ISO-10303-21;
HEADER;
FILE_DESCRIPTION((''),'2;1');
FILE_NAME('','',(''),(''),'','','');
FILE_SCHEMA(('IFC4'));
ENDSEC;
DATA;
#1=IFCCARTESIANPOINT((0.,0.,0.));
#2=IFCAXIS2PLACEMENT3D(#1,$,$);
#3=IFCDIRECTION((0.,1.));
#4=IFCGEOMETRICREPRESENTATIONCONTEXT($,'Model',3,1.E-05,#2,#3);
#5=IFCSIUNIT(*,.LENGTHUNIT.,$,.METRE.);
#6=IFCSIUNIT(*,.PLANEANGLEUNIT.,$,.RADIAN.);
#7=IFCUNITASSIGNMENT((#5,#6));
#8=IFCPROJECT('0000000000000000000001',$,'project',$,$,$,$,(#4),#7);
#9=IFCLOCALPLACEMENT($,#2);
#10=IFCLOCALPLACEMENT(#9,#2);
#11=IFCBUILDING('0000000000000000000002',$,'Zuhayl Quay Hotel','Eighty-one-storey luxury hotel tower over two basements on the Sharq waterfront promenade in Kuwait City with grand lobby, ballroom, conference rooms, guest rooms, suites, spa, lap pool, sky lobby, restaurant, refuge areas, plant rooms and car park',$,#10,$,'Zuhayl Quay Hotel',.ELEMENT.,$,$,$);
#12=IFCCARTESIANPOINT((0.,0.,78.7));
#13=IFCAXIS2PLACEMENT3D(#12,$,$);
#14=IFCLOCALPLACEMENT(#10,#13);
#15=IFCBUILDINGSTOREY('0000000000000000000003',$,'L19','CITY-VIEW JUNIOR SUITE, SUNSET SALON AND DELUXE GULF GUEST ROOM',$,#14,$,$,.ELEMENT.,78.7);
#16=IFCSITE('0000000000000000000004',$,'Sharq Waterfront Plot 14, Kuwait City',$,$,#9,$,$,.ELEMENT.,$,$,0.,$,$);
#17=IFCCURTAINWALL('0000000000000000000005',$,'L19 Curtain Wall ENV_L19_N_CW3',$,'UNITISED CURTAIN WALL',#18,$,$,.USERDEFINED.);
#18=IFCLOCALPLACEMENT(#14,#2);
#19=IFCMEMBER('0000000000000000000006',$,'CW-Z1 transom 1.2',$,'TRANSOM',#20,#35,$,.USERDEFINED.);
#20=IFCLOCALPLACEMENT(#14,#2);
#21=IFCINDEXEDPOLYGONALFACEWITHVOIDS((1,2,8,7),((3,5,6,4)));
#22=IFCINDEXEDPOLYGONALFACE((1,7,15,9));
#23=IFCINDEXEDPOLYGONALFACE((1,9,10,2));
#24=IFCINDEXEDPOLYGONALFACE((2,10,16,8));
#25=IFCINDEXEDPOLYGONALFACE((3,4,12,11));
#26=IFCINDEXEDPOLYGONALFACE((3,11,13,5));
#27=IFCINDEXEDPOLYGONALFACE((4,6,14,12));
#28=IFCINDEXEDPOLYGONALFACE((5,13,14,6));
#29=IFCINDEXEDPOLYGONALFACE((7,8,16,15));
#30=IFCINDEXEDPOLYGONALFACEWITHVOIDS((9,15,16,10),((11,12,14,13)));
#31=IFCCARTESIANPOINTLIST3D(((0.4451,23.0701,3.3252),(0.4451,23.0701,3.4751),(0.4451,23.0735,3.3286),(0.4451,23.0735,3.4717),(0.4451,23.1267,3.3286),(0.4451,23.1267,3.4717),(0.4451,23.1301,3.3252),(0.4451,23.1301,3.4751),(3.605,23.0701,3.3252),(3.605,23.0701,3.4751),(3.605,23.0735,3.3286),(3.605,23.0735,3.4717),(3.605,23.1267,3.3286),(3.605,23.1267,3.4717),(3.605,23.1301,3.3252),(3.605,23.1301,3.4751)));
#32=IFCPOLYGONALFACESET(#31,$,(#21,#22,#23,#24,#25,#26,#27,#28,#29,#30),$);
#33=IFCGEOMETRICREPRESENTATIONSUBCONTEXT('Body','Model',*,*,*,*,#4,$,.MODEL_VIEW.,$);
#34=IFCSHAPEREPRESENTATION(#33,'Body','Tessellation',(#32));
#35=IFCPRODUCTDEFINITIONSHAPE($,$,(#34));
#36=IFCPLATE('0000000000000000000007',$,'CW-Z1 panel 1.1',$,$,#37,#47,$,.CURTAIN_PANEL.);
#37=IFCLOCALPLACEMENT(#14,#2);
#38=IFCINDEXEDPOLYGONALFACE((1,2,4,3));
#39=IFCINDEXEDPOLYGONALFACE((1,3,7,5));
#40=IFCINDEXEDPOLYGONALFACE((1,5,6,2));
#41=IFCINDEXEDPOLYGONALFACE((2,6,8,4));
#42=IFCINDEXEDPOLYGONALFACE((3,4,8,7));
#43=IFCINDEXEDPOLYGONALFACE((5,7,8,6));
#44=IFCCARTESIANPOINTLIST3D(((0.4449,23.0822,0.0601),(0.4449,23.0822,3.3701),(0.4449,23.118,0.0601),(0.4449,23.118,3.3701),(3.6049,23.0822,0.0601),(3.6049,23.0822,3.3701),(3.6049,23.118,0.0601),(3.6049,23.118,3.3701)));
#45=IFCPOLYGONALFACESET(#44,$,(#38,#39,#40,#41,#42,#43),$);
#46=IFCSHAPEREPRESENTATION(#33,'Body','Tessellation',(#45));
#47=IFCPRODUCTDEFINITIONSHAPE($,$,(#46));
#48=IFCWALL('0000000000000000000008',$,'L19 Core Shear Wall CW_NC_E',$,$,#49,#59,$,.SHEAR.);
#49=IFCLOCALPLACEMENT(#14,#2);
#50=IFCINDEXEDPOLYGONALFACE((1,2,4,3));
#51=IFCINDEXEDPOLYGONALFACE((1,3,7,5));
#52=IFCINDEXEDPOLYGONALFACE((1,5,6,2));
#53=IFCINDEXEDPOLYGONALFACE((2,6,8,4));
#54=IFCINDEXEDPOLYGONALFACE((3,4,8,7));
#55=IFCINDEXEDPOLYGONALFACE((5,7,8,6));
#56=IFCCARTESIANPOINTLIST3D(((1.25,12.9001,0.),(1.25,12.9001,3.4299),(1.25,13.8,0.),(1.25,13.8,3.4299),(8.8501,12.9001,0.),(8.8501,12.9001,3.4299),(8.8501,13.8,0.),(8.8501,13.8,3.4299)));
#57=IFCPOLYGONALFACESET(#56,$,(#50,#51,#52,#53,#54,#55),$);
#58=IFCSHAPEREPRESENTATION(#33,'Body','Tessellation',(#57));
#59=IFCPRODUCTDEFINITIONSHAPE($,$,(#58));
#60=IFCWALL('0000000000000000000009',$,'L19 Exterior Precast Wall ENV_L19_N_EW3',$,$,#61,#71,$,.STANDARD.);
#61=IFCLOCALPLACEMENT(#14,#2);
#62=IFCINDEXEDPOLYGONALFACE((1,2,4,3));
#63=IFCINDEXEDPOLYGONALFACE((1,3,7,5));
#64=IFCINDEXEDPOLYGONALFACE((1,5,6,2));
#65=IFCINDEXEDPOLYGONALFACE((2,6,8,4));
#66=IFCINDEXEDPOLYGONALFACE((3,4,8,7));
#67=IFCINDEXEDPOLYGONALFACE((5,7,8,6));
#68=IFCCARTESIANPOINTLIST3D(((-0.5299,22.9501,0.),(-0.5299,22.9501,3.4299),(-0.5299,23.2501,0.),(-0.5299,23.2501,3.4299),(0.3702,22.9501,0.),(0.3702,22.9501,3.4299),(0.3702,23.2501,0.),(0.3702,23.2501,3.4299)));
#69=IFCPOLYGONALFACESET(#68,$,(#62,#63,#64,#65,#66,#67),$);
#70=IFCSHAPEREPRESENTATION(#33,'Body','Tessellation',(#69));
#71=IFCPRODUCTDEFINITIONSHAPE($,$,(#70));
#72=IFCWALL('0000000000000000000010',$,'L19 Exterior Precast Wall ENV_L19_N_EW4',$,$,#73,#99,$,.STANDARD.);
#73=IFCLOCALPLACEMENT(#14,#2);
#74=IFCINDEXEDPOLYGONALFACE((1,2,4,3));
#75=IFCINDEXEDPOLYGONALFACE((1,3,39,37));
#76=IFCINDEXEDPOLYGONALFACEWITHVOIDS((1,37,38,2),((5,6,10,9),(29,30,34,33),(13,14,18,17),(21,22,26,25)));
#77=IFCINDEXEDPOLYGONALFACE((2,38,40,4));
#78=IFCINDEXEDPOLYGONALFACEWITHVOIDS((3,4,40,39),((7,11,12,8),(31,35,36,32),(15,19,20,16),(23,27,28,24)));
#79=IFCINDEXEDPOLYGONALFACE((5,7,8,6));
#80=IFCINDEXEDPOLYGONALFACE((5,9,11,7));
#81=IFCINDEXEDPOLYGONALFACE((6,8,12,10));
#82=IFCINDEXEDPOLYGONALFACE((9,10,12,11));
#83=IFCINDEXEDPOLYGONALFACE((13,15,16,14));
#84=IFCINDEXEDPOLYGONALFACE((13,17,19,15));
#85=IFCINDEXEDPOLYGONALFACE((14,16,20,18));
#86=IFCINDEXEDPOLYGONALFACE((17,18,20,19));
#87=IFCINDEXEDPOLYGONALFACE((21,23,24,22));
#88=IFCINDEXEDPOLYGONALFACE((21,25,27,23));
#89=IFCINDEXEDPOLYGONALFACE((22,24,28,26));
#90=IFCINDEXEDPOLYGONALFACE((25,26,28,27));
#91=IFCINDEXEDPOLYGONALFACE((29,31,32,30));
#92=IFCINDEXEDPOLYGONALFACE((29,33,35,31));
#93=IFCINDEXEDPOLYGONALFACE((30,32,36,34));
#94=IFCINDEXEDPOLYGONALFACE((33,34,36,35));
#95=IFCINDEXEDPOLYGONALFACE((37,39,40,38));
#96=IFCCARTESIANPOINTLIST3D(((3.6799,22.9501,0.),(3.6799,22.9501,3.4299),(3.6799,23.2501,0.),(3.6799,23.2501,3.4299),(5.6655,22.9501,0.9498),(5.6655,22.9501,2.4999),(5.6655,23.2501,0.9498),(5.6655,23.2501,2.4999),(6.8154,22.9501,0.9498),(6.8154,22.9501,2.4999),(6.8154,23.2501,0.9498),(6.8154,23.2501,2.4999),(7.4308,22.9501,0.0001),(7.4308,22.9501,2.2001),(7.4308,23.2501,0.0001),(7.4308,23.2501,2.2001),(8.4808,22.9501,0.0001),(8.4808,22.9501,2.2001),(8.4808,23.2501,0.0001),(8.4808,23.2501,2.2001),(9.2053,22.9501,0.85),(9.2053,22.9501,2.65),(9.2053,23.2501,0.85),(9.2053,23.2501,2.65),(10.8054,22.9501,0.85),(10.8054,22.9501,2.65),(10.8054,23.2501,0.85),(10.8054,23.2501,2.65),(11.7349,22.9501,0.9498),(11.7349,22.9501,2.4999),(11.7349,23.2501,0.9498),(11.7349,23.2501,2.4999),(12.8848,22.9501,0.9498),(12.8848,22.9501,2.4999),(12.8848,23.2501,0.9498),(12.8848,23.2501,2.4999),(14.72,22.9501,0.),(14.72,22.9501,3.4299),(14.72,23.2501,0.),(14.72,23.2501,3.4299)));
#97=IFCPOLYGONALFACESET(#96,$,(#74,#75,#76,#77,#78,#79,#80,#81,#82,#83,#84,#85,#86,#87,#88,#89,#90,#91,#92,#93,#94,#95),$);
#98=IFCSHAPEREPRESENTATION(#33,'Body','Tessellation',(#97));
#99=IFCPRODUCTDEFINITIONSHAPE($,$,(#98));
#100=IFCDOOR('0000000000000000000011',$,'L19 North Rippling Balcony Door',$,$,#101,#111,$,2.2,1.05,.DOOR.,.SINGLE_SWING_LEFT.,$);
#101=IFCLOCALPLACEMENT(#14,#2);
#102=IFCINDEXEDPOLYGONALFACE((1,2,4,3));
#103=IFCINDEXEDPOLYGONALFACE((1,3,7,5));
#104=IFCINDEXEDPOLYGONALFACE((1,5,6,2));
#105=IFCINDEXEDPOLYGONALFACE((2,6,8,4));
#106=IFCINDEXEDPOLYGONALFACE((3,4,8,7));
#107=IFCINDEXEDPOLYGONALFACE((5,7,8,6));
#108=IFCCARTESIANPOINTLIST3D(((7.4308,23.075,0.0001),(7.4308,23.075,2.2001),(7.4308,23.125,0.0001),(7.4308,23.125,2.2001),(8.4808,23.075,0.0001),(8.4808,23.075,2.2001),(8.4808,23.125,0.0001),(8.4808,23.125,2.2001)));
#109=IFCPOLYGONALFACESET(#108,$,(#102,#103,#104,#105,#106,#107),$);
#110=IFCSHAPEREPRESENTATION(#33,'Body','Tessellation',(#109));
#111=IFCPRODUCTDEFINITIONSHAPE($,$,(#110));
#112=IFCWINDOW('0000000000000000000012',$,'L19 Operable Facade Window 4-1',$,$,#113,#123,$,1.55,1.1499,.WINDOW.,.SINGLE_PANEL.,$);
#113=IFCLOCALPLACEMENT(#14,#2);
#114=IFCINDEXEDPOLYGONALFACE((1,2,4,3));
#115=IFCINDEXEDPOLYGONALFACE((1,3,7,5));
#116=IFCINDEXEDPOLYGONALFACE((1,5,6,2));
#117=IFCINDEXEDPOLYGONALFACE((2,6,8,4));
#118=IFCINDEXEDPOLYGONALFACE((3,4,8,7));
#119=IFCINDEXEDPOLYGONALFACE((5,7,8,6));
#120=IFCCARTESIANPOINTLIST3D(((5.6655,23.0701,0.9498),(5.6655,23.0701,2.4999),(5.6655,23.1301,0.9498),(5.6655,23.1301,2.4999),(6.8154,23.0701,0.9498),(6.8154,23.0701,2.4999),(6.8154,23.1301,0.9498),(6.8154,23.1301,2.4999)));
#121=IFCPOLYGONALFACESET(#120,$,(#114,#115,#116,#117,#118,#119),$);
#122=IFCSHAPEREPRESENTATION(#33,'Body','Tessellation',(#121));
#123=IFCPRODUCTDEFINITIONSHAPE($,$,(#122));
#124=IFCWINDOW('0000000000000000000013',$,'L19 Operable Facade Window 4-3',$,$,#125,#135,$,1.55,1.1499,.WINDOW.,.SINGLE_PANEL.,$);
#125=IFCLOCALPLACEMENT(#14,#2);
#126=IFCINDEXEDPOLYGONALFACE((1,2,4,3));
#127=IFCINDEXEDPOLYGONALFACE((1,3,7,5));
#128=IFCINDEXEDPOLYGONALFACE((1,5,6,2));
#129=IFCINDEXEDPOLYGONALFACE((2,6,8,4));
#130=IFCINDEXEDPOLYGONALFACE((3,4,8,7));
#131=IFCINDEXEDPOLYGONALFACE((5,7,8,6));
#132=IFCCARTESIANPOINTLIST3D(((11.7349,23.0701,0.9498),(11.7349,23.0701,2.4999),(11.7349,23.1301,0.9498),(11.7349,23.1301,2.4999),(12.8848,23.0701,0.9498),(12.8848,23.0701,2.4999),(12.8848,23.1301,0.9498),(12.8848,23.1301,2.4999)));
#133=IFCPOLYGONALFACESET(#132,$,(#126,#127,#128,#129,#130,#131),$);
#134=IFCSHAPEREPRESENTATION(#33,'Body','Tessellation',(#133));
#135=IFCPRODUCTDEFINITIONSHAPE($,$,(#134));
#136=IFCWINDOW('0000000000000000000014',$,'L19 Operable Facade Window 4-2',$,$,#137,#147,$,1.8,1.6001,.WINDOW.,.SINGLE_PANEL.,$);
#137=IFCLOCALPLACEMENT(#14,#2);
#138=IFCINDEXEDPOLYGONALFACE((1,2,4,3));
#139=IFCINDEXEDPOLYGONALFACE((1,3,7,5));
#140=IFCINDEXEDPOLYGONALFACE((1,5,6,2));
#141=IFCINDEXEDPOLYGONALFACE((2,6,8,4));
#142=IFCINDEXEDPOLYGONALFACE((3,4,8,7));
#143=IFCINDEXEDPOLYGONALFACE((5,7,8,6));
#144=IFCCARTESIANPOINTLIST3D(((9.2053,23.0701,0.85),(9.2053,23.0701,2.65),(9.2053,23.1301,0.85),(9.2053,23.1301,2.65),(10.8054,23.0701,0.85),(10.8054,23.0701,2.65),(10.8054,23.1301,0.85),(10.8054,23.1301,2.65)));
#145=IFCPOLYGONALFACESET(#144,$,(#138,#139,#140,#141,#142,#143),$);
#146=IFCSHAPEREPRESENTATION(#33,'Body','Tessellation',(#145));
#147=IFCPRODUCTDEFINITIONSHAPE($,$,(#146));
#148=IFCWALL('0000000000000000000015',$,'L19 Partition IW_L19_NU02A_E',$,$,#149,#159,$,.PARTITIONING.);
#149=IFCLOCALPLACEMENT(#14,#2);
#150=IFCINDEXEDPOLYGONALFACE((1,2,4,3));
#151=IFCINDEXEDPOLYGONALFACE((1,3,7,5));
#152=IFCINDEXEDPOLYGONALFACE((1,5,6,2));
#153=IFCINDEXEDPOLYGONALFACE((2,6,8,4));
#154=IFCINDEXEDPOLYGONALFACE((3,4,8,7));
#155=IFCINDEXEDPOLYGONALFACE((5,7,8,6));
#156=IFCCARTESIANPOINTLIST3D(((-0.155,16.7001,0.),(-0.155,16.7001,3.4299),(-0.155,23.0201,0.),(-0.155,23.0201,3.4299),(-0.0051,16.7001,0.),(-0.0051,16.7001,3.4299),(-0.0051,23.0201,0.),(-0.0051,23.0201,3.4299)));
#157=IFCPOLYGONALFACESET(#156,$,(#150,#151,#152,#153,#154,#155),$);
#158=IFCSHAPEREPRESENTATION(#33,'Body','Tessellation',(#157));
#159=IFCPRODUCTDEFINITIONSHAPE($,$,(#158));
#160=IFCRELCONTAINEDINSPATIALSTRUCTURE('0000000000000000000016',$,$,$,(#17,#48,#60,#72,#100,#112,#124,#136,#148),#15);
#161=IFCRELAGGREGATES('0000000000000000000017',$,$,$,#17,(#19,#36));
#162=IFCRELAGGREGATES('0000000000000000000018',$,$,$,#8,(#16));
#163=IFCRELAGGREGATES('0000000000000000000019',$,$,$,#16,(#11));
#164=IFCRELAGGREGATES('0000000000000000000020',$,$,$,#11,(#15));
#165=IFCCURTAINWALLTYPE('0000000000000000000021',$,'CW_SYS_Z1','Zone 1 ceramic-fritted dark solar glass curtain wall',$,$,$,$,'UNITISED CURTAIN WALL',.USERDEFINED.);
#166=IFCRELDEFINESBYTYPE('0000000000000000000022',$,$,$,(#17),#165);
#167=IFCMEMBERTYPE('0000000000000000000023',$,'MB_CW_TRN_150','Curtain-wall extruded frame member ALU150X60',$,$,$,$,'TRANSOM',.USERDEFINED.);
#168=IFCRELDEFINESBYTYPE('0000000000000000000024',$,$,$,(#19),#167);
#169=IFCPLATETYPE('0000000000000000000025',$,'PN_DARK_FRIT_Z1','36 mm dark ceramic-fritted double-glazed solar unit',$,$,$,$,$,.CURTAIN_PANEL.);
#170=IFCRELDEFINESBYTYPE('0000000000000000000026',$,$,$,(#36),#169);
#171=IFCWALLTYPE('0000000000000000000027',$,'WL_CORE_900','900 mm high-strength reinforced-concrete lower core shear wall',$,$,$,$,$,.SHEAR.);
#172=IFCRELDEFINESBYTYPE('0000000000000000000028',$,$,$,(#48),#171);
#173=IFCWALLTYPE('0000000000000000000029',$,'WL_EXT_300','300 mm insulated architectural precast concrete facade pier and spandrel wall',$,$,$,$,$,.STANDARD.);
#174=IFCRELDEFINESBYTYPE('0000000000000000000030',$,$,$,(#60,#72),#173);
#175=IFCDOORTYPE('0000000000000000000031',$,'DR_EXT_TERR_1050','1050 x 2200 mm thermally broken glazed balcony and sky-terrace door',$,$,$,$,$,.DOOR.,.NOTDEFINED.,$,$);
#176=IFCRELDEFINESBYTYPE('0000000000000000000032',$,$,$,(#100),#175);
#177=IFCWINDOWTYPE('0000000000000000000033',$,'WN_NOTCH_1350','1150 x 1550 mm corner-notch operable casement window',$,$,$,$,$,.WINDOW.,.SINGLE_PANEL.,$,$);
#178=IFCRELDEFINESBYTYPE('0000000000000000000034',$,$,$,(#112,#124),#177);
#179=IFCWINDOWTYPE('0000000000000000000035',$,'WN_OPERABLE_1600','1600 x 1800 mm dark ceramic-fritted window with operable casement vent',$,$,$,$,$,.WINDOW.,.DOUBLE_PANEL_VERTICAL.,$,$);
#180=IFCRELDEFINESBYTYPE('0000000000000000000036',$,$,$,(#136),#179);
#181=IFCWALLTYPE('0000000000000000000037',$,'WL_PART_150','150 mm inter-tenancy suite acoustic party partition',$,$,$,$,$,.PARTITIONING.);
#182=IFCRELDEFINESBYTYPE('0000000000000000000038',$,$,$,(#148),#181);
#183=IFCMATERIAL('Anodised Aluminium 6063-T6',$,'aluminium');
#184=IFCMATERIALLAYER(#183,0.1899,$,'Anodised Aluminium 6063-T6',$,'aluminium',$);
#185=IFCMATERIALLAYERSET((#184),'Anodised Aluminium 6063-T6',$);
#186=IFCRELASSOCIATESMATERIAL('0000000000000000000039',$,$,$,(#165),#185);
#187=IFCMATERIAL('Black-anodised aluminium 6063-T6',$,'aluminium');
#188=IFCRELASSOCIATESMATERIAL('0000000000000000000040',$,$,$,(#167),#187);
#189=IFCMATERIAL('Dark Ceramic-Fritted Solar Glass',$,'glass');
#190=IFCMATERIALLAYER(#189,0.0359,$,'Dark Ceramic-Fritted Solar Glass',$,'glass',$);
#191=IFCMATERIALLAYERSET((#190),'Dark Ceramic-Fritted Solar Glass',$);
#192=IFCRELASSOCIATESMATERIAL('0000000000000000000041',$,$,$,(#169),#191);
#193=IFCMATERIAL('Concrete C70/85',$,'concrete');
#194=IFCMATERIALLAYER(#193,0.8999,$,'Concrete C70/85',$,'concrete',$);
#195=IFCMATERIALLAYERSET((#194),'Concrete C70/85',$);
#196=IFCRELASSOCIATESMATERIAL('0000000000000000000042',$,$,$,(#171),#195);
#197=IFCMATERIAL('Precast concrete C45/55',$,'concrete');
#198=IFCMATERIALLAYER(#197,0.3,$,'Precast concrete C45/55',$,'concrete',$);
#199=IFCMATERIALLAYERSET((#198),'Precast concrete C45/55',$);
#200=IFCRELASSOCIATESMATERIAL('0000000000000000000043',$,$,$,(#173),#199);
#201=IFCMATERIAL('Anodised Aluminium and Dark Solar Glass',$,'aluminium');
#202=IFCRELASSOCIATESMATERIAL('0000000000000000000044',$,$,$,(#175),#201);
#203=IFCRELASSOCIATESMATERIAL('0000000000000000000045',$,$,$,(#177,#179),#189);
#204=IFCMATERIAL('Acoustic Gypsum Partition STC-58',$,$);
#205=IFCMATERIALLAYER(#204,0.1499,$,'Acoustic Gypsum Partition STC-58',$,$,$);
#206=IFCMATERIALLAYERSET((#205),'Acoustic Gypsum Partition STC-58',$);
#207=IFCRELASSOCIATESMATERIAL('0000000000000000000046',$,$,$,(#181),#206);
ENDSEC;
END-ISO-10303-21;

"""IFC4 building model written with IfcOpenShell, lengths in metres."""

from ifc_helpers import new_model, si_unit, direction, frame, frame_2d, origin, origin_2d, place, context, subcontext, project, spatial, rectangle, hollow_rectangle, extrude, material, layer, layer_set, material_profile, profile_set, type_object, element, fill, aggregate, save


model = new_model("IFC4")

# Units and contexts
model_context = context("Model", 3, precision=1e-05, world=origin(), true_north=direction((0.0, 1.0)))
body_context = subcontext(model_context, "Body", "Model", "MODEL_VIEW")
ifc_project = project(units=[si_unit("LENGTHUNIT", "METRE"), si_unit("PLANEANGLEUNIT", "RADIAN")], contexts=[model_context])

# Site, building, storey
site_placement = place(None, origin())
site = spatial("IfcSite", under=ifc_project, at=site_placement, Name="Sharq Waterfront Plot 14, Kuwait City", CompositionType="ELEMENT", RefElevation=0.0)
building_placement = place(site_placement, origin())
building = spatial("IfcBuilding", under=site, at=building_placement, Name="Zuhayl Quay Hotel", Description="Eighty-one-storey luxury hotel tower over two basements on the Sharq waterfront promenade in Kuwait City with grand lobby, ballroom, conference rooms, guest rooms, suites, spa, lap pool, sky lobby, restaurant, refuge areas, plant rooms and car park", LongName="Zuhayl Quay Hotel", CompositionType="ELEMENT")
storey_placement = place(building_placement, frame((0.0, 0.0, 78.7)))
storey = spatial("IfcBuildingStorey", under=building, at=storey_placement, Name="L19", Description="CITY-VIEW JUNIOR SUITE, SUNSET SALON AND DELUXE GULF GUEST ROOM", CompositionType="ELEMENT", Elevation=78.7)

# Shared definitions
ifc_material_1 = material(Name="Concrete C70/85", Category="concrete")

# Shared definitions
ifc_material_2 = material(Name="Anodised Aluminium 6063-T6", Category="aluminium")
ifc_layer_1 = layer(ifc_material_2, 0.1899, Name="Anodised Aluminium 6063-T6", Category="aluminium")
ifc_layer_set_1 = layer_set([ifc_layer_1], Name="Anodised Aluminium 6063-T6")
curtain_wall_type = type_object("IfcCurtainWallType", Name="CW_SYS_Z1", Description="Zone 1 ceramic-fritted dark solar glass curtain wall", ElementType="UNITISED CURTAIN WALL", PredefinedType="USERDEFINED", material=ifc_layer_set_1)
ifc_material_3 = material(Name="Black-anodised aluminium 6063-T6", Category="aluminium")

# Curtain wall, member, plate
curtain_wall_1_placement = place(storey_placement, origin())
curtain_wall_1 = element("IfcCurtainWall", 1, at=curtain_wall_1_placement, inside=storey, type_object=curtain_wall_type, Name="L19 Curtain Wall ENV_L19_N_CW3", ObjectType="UNITISED CURTAIN WALL", PredefinedType="USERDEFINED")
ifc_material_profile_1 = material_profile(ifc_material_3, hollow_rectangle(XDim=0.0601, YDim=0.1499, WallThickness=0.0034, at=origin_2d()), Name="ALU150X60")
ifc_profile_set_1 = profile_set([ifc_material_profile_1], Name="Black-anodised aluminium 6063-T6")
member_type_1 = type_object("IfcMemberType", Name="MB_CW_TRN_150", Description="Curtain-wall extruded frame member ALU150X60", ElementType="TRANSOM", PredefinedType="USERDEFINED", material=ifc_profile_set_1)
member_1_placement = place(storey_placement, frame((0.4451, 23.1001, 3.4001), z_axis=(1.0, 0.0, 0.0), x_axis=(0.0, 1.0, 0.0)))
member_1 = element("IfcMember", 2, at=member_1_placement, type_object=member_type_1, Name="CW-Z1 transom 1.2", ObjectType="TRANSOM", PredefinedType="USERDEFINED", context=body_context, shape_type="SweptSolid", body=[
    extrude(hollow_rectangle(XDim=0.0601, YDim=0.1499, WallThickness=0.0034, at=origin_2d()), origin(), (0.0, 0.0, 1.0), 3.1599),
])
ifc_material_4 = material(Name="Dark Ceramic-Fritted Solar Glass", Category="glass")
ifc_layer_2 = layer(ifc_material_4, 0.0359, Name="Dark Ceramic-Fritted Solar Glass", Category="glass")
ifc_layer_set_2 = layer_set([ifc_layer_2], Name="Dark Ceramic-Fritted Solar Glass")
plate_type = type_object("IfcPlateType", Name="PN_DARK_FRIT_Z1", Description="36 mm dark ceramic-fritted double-glazed solar unit", PredefinedType="CURTAIN_PANEL", material=ifc_layer_set_2)
plate_placement = place(storey_placement, frame((2.0249, 23.1001, 0.0601), z_axis=(0.0, 0.0, 1.0), x_axis=(1.0, 0.0, 0.0)))
plate = element("IfcPlate", 3, at=plate_placement, type_object=plate_type, Name="CW-Z1 panel 1.1", PredefinedType="CURTAIN_PANEL", context=body_context, shape_type="SweptSolid", body=[
    extrude(rectangle(XDim=3.1599, YDim=0.0359, at=origin_2d()), origin(), (0.0, 0.0, 1.0), 3.3101),
])
aggregate(curtain_wall_1, [member_1, plate])

# Walls
ifc_layer_3 = layer(ifc_material_1, 0.8999, Name="Concrete C70/85", Category="concrete")
ifc_layer_set_3 = layer_set([ifc_layer_3], Name="Concrete C70/85")
wall_type_1 = type_object("IfcWallType", Name="WL_CORE_900", Description="900 mm high-strength reinforced-concrete lower core shear wall", PredefinedType="SHEAR", material=ifc_layer_set_3)
wall_1_placement = place(storey_placement, frame((1.25, 13.3501, 0.0), z_axis=(0.0, 0.0, 1.0), x_axis=(1.0, 0.0, 0.0)))
element("IfcWall", 4, at=wall_1_placement, inside=storey, type_object=wall_type_1, Name="L19 Core Shear Wall CW_NC_E", PredefinedType="SHEAR", context=body_context, shape_type="SweptSolid", body=[
    extrude(rectangle(XDim=7.6001, YDim=0.8999, at=frame_2d((3.8, 0.0))), origin(), (0.0, 0.0, 1.0), 3.4299),
])
ifc_material_5 = material(Name="Precast concrete C45/55", Category="concrete")
ifc_layer_4 = layer(ifc_material_5, 0.3, Name="Precast concrete C45/55", Category="concrete")
ifc_layer_set_4 = layer_set([ifc_layer_4], Name="Precast concrete C45/55")
wall_type_2 = type_object("IfcWallType", Name="WL_EXT_300", Description="300 mm insulated architectural precast concrete facade pier and spandrel wall", PredefinedType="STANDARD", material=ifc_layer_set_4)
wall_2_placement = place(storey_placement, frame((-0.53, 23.1001, 0.0), z_axis=(0.0, 0.0, 1.0), x_axis=(1.0, 0.0, 0.0)))
element("IfcWall", 5, at=wall_2_placement, inside=storey, type_object=wall_type_2, Name="L19 Exterior Precast Wall ENV_L19_N_EW3", PredefinedType="STANDARD", context=body_context, shape_type="SweptSolid", body=[
    extrude(rectangle(XDim=0.9001, YDim=0.3, at=frame_2d((0.4502, 0.0))), origin(), (0.0, 0.0, 1.0), 3.4299),
])

# Wall, openings, door, windows
wall_3_placement = place(storey_placement, frame((3.6799, 23.1001, 0.0), z_axis=(0.0, 0.0, 1.0), x_axis=(1.0, 0.0, 0.0)))
wall_3 = element("IfcWall", 6, at=wall_3_placement, inside=storey, type_object=wall_type_2, Name="L19 Exterior Precast Wall ENV_L19_N_EW4", PredefinedType="STANDARD", context=body_context, shape_type="SweptSolid", body=[
    extrude(rectangle(XDim=11.04, YDim=0.3, at=frame_2d((5.52, 0.0))), origin(), (0.0, 0.0, 1.0), 3.4299),
])
opening_1_placement = place(wall_3_placement, frame((3.751, 0.0, 0.0)))
opening_1 = element("IfcOpeningElement", 7, at=opening_1_placement, cuts=wall_3, PredefinedType="OPENING", context=body_context, shape_type="SweptSolid", body=[
    extrude(rectangle(XDim=1.05, YDim=2.2, at=frame_2d((0.5249, 1.1001))), frame((0.0, 0.1599, 0.0), z_axis=(0.0, -1.0, 0.0), x_axis=(1.0, 0.0, 0.0)), (0.0, 0.0, 1.0), 0.3201),
])
opening_2_placement = place(wall_3_placement, frame((1.9856, 0.0, 0.95)))
opening_2 = element("IfcOpeningElement", 8, at=opening_2_placement, cuts=wall_3, PredefinedType="OPENING", context=body_context, shape_type="SweptSolid", body=[
    extrude(rectangle(XDim=1.1499, YDim=1.55, at=frame_2d((0.575, 0.7749))), frame((0.0, 0.1599, 0.0), z_axis=(0.0, -1.0, 0.0), x_axis=(1.0, 0.0, 0.0)), (0.0, 0.0, 1.0), 0.3201),
])
opening_3_placement = place(wall_3_placement, frame((5.5254, 0.0, 0.8501)))
opening_3 = element("IfcOpeningElement", 9, at=opening_3_placement, cuts=wall_3, PredefinedType="OPENING", context=body_context, shape_type="SweptSolid", body=[
    extrude(rectangle(XDim=1.6001, YDim=1.8, at=frame_2d((0.8, 0.8999))), frame((0.0, 0.1599, 0.0), z_axis=(0.0, -1.0, 0.0), x_axis=(1.0, 0.0, 0.0)), (0.0, 0.0, 1.0), 0.3201),
])
opening_4_placement = place(wall_3_placement, frame((8.0549, 0.0, 0.95)))
opening_4 = element("IfcOpeningElement", 10, at=opening_4_placement, cuts=wall_3, PredefinedType="OPENING", context=body_context, shape_type="SweptSolid", body=[
    extrude(rectangle(XDim=1.1499, YDim=1.55, at=frame_2d((0.575, 0.7749))), frame((0.0, 0.1599, 0.0), z_axis=(0.0, -1.0, 0.0), x_axis=(1.0, 0.0, 0.0)), (0.0, 0.0, 1.0), 0.3201),
])
ifc_material_6 = material(Name="Anodised Aluminium and Dark Solar Glass", Category="aluminium")
door_type_1 = type_object("IfcDoorType", Name="DR_EXT_TERR_1050", Description="1050 x 2200 mm thermally broken glazed balcony and sky-terrace door", OperationType="NOTDEFINED", PredefinedType="DOOR", material=ifc_material_6)
door_1_placement = place(opening_1_placement, origin())
door_1 = element("IfcDoor", 11, at=door_1_placement, inside=storey, type_object=door_type_1, Name="L19 North Rippling Balcony Door", OperationType="SINGLE_SWING_LEFT", OverallHeight=2.2, OverallWidth=1.05, PredefinedType="DOOR", context=body_context, shape_type="SweptSolid", body=[
    extrude(rectangle(XDim=1.05, YDim=2.2, at=frame_2d((0.5249, 1.1001))), frame((0.0, 0.0249, 0.0), z_axis=(0.0, -1.0, 0.0), x_axis=(1.0, 0.0, 0.0)), (0.0, 0.0, 1.0), 0.05),
])
fill(opening_1, door_1)
window_type_1 = type_object("IfcWindowType", Name="WN_NOTCH_1350", Description="1150 x 1550 mm corner-notch operable casement window", PartitioningType="SINGLE_PANEL", PredefinedType="WINDOW", material=ifc_material_4)
window_1_placement = place(opening_2_placement, origin())
window_1 = element("IfcWindow", 12, at=window_1_placement, inside=storey, type_object=window_type_1, Name="L19 Operable Facade Window 4-1", OverallHeight=1.55, OverallWidth=1.1499, PartitioningType="SINGLE_PANEL", PredefinedType="WINDOW", context=body_context, shape_type="SweptSolid", body=[
    extrude(rectangle(XDim=1.1499, YDim=1.55, at=frame_2d((0.575, 0.7749))), frame((0.0, 0.03, 0.0), z_axis=(0.0, -1.0, 0.0), x_axis=(1.0, 0.0, 0.0)), (0.0, 0.0, 1.0), 0.0601),
])
fill(opening_2, window_1)
window_2_placement = place(opening_4_placement, origin())
window_2 = element("IfcWindow", 13, at=window_2_placement, inside=storey, type_object=window_type_1, Name="L19 Operable Facade Window 4-3", OverallHeight=1.55, OverallWidth=1.1499, PartitioningType="SINGLE_PANEL", PredefinedType="WINDOW", context=body_context, shape_type="SweptSolid", body=[
    extrude(rectangle(XDim=1.1499, YDim=1.55, at=frame_2d((0.575, 0.7749))), frame((0.0, 0.03, 0.0), z_axis=(0.0, -1.0, 0.0), x_axis=(1.0, 0.0, 0.0)), (0.0, 0.0, 1.0), 0.0601),
])
fill(opening_4, window_2)
window_type_2 = type_object("IfcWindowType", Name="WN_OPERABLE_1600", Description="1600 x 1800 mm dark ceramic-fritted window with operable casement vent", PartitioningType="DOUBLE_PANEL_VERTICAL", PredefinedType="WINDOW", material=ifc_material_4)
window_3_placement = place(opening_3_placement, origin())
window_3 = element("IfcWindow", 14, at=window_3_placement, inside=storey, type_object=window_type_2, Name="L19 Operable Facade Window 4-2", OverallHeight=1.8, OverallWidth=1.6001, PartitioningType="SINGLE_PANEL", PredefinedType="WINDOW", context=body_context, shape_type="SweptSolid", body=[
    extrude(rectangle(XDim=1.6001, YDim=1.8, at=frame_2d((0.8, 0.8999))), frame((0.0, 0.03, 0.0), z_axis=(0.0, -1.0, 0.0), x_axis=(1.0, 0.0, 0.0)), (0.0, 0.0, 1.0), 0.0601),
])
fill(opening_3, window_3)

# Wall
ifc_material_7 = material(Name="Acoustic Gypsum Partition STC-58")
ifc_layer_5 = layer(ifc_material_7, 0.1499, Name="Acoustic Gypsum Partition STC-58")
ifc_layer_set_5 = layer_set([ifc_layer_5], Name="Acoustic Gypsum Partition STC-58")
wall_type_3 = type_object("IfcWallType", Name="WL_PART_150", Description="150 mm inter-tenancy suite acoustic party partition", PredefinedType="PARTITIONING", material=ifc_layer_set_5)
wall_4_placement = place(storey_placement, frame((-0.0801, 16.7, 0.0), z_axis=(0.0, 0.0, 1.0), x_axis=(0.0, 1.0, 0.0)))
element("IfcWall", 15, at=wall_4_placement, inside=storey, type_object=wall_type_3, Name="L19 Partition IW_L19_NU02A_E", PredefinedType="PARTITIONING", context=body_context, shape_type="SweptSolid", body=[
    extrude(rectangle(XDim=6.3201, YDim=0.1499, at=frame_2d((3.1602, 0.0))), origin(), (0.0, 0.0, 1.0), 3.4299),
])

save(model, "model.ifc")
